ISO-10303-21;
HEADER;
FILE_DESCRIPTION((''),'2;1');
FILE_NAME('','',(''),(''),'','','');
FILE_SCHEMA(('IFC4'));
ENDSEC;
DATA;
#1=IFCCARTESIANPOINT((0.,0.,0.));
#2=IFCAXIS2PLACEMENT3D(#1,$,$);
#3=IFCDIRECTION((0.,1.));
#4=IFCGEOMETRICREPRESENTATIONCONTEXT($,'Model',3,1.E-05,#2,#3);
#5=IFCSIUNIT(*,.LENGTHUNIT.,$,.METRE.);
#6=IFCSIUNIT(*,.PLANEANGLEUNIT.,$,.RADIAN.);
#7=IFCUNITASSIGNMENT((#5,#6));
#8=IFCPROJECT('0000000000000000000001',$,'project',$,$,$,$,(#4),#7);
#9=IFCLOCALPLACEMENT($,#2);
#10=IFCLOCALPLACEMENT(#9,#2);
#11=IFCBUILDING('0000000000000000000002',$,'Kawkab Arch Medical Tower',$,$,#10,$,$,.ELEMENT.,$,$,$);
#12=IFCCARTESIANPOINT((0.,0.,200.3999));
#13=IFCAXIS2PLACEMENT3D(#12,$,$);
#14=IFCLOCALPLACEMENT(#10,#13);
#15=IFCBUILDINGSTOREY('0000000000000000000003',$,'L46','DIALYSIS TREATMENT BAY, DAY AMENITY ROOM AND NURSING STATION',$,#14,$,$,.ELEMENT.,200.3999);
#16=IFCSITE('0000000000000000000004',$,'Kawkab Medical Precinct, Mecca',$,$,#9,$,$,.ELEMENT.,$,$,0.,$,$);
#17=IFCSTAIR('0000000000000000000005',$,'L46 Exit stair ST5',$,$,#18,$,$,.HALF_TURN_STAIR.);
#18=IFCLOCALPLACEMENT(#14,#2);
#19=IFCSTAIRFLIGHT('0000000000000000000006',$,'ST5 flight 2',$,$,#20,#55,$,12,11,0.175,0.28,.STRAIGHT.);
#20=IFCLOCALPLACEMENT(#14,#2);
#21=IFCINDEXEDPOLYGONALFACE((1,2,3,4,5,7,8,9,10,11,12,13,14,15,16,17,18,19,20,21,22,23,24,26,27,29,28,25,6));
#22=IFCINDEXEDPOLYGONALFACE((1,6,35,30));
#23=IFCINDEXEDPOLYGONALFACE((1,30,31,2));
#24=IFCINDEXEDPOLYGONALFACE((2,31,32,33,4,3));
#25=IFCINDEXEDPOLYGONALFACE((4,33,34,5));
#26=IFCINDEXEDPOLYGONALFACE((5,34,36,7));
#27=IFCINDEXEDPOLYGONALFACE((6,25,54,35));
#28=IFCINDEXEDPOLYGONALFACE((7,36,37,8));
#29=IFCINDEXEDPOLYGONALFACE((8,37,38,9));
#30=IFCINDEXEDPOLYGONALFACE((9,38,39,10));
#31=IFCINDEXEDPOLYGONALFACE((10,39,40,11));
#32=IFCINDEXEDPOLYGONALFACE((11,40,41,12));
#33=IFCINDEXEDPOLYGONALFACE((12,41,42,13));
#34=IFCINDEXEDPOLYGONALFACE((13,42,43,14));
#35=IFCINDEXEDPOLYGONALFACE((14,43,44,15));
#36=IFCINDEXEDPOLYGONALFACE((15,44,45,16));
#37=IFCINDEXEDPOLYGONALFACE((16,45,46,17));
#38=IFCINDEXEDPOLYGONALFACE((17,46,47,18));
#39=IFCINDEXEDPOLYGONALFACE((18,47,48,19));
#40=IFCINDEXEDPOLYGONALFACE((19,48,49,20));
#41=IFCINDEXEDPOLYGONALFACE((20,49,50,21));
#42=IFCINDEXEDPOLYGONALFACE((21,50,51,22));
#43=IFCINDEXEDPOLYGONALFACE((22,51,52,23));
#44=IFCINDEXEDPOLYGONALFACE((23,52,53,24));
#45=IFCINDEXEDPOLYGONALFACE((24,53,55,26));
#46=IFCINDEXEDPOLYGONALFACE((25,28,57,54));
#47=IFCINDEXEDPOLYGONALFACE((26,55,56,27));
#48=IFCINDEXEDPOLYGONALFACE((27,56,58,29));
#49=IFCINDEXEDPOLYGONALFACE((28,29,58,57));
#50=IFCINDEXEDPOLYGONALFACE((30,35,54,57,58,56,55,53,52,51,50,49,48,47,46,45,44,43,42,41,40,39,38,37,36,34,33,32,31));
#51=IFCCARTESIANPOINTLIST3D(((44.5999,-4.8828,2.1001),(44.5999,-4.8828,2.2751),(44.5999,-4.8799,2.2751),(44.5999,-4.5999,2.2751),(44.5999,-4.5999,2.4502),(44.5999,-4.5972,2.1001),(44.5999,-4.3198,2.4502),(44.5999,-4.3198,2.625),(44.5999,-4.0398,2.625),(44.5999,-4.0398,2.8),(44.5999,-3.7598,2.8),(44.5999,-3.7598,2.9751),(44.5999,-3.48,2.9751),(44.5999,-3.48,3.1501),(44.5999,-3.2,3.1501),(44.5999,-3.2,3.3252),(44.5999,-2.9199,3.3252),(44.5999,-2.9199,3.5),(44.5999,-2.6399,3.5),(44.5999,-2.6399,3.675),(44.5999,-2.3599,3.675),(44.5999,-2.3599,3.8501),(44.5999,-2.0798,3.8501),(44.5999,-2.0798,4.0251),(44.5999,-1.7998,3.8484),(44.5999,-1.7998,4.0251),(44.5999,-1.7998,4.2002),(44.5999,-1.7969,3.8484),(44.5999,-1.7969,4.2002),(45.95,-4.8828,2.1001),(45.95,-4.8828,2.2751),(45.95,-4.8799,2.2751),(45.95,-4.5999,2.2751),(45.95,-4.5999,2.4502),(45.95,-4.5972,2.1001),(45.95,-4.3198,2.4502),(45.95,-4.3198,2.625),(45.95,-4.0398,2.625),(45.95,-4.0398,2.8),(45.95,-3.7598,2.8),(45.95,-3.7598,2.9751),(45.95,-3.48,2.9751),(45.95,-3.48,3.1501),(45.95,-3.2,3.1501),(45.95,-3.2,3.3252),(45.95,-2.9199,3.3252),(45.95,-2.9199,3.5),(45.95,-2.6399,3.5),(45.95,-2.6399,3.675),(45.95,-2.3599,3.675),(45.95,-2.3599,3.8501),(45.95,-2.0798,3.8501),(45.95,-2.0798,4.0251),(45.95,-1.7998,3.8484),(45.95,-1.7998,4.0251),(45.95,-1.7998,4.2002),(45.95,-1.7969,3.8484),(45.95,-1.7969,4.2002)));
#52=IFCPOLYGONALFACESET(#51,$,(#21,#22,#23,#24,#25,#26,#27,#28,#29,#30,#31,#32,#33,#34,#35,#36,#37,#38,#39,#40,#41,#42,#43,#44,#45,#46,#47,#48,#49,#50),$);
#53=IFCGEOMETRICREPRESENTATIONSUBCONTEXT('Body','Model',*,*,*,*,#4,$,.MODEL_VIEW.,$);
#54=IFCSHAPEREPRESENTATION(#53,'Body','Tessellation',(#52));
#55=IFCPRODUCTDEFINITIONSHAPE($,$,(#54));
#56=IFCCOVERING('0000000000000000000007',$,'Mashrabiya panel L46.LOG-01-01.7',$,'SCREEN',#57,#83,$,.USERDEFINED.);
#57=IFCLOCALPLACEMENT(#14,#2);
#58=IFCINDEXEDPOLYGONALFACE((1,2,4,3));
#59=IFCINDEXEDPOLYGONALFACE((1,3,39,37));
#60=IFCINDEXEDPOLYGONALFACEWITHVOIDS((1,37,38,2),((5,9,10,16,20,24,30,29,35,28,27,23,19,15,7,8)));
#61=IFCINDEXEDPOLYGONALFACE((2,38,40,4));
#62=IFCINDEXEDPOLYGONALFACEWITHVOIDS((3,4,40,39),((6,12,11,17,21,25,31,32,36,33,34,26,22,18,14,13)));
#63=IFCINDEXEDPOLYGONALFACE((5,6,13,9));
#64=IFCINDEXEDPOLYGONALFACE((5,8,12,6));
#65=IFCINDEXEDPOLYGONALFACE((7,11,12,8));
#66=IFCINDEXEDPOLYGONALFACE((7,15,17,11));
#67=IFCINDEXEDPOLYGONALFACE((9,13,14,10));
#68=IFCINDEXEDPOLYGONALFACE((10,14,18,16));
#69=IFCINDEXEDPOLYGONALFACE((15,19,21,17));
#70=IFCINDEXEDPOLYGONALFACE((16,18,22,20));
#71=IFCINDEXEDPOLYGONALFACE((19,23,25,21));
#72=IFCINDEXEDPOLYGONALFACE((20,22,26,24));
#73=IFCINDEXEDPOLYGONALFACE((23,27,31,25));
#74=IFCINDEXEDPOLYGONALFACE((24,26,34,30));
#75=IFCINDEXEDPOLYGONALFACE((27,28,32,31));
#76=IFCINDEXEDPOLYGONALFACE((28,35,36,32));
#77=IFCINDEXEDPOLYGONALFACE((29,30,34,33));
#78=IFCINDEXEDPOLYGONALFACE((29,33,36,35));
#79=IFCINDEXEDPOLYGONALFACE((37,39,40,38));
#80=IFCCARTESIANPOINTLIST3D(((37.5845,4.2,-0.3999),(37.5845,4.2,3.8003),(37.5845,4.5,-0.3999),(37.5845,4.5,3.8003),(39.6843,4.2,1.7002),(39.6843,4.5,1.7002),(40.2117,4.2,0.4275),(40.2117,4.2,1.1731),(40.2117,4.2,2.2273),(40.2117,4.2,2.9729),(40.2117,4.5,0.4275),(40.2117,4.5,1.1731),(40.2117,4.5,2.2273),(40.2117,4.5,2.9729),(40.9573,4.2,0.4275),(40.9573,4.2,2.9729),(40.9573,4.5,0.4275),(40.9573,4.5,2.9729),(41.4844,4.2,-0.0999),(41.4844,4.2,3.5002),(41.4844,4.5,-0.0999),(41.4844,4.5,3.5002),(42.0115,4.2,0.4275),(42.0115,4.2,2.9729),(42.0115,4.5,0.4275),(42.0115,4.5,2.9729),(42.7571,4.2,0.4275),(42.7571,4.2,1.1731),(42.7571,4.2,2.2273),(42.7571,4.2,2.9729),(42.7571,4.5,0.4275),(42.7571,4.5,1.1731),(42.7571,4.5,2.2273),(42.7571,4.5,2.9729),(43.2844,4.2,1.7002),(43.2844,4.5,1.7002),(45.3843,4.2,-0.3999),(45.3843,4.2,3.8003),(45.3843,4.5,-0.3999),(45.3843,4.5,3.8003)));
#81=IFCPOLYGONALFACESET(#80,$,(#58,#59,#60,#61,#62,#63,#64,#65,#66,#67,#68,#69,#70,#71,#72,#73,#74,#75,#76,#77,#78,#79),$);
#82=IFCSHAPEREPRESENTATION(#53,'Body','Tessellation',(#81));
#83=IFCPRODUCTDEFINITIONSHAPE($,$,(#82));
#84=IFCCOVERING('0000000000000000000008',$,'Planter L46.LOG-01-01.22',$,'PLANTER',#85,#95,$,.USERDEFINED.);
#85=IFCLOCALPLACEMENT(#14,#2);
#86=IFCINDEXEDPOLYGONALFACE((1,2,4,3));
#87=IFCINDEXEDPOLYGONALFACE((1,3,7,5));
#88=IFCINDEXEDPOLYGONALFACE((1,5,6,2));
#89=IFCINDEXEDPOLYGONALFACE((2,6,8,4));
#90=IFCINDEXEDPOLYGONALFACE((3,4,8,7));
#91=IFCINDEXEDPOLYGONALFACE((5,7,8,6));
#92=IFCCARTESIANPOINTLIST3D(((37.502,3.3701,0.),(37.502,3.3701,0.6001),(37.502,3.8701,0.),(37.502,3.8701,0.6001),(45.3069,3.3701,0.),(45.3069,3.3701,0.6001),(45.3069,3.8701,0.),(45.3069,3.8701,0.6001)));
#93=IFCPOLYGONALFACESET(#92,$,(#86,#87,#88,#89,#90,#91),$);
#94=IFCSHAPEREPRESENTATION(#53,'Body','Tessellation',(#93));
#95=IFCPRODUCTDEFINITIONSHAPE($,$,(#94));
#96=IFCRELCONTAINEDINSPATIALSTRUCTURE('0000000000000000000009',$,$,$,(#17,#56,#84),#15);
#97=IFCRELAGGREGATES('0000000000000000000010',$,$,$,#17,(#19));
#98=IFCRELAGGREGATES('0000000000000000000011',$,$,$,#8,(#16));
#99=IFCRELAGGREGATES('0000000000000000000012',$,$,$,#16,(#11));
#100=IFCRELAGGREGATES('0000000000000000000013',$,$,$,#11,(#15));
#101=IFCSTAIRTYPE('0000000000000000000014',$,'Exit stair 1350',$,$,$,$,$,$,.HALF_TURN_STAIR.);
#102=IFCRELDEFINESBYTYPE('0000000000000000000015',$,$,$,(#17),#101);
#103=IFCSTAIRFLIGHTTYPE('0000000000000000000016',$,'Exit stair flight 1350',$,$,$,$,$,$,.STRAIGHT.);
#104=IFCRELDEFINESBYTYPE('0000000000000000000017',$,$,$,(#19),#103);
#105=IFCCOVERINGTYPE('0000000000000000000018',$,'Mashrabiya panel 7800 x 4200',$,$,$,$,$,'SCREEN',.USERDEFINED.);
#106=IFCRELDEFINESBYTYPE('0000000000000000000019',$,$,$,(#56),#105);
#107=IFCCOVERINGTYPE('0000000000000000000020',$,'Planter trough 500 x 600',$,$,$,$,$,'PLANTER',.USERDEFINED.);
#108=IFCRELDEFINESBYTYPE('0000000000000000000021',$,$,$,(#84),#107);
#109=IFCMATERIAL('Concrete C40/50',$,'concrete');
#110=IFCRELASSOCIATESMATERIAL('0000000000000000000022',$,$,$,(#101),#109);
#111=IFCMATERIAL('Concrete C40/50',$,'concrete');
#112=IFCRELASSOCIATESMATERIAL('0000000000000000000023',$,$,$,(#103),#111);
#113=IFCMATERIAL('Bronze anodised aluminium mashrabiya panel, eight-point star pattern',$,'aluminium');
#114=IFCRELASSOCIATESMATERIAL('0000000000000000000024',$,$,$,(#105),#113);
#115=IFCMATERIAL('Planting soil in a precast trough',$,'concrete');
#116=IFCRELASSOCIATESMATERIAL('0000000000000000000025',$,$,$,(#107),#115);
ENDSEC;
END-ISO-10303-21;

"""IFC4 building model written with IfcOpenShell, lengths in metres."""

from ifc_helpers import new_model, si_unit, direction, frame, origin, origin_2d, place, context, subcontext, project, spatial, polyline, rectangle, outline, extrude, material, material_profile, profile_set, type_object, element, aggregate, save


model = new_model("IFC4")

# Units and contexts
model_context = context("Model", 3, precision=1e-05, world=origin(), true_north=direction((0.0, 1.0)))
body_context = subcontext(model_context, "Body", "Model", "MODEL_VIEW")
ifc_project = project(units=[si_unit("LENGTHUNIT", "METRE"), si_unit("PLANEANGLEUNIT", "RADIAN")], contexts=[model_context])

# Site, building, storey
site_placement = place(None, origin())
site = spatial("IfcSite", under=ifc_project, at=site_placement, Name="Kawkab Medical Precinct, Mecca", CompositionType="ELEMENT", RefElevation=0.0)
building_placement = place(site_placement, origin())
building = spatial("IfcBuilding", under=site, at=building_placement, Name="Kawkab Arch Medical Tower", CompositionType="ELEMENT")
storey_placement = place(building_placement, frame((0.0, 0.0, 200.3999)))
storey = spatial("IfcBuildingStorey", under=building, at=storey_placement, Name="L46", Description="DIALYSIS TREATMENT BAY, DAY AMENITY ROOM AND NURSING STATION", CompositionType="ELEMENT", Elevation=200.3999)

# Shared definitions
placement = place(storey_placement, origin())

# Stair, stair flight
ifc_material_1 = material(Name="Concrete C40/50", Category="concrete")
stair_type = type_object("IfcStairType", Name="Exit stair 1350", PredefinedType="HALF_TURN_STAIR", material=ifc_material_1)
stair = element("IfcStair", 1, at=placement, inside=storey, type_object=stair_type, Name="L46 Exit stair ST5", PredefinedType="HALF_TURN_STAIR")
ifc_material_2 = material(Name="Concrete C40/50", Category="concrete")
stair_flight_type = type_object("IfcStairFlightType", Name="Exit stair flight 1350", PredefinedType="STRAIGHT", material=ifc_material_2)
stair_flight_1_placement = place(storey_placement, frame((45.2749, -4.8799, 2.1001), z_axis=(0.0, 0.0, 1.0), x_axis=(0.0, 1.0, 0.0)))
stair_flight_1 = element("IfcStairFlight", 2, at=stair_flight_1_placement, type_object=stair_flight_type, Name="ST5 flight 2", NumberOfRisers=12, NumberOfTreads=11, PredefinedType="STRAIGHT", RiserHeight=0.175, TreadLength=0.28, context=body_context, shape_type="SweptSolid", body=[
    extrude(outline(polyline([(-0.0029, 0.0), (-0.0029, 0.175), (0.0, 0.175), (0.28, 0.175), (0.28, 0.3501), (0.5601, 0.3501), (0.5601, 0.5249), (0.8401, 0.5249), (0.8401, 0.7), (1.1201, 0.7), (1.1201, 0.875), (1.3999, 0.875), (1.3999, 1.05), (1.6799, 1.05), (1.6799, 1.2251), (1.96, 1.2251), (1.96, 1.3999), (2.24, 1.3999), (2.24, 1.575), (2.52, 1.575), (2.52, 1.75), (2.8, 1.75), (2.8, 1.925), (3.0801, 1.925), (3.0801, 2.1001), (3.083, 2.1001), (3.083, 1.7483), (3.0801, 1.7483), (0.2827, 0.0), (-0.0029, 0.0)])), frame((0.0, 0.675, 0.0), z_axis=(0.0, -1.0, 0.0), x_axis=(1.0, 0.0, 0.0)), (0.0, 0.0, 1.0), 1.3501),
])
aggregate(stair, [stair_flight_1])

# Coverings
ifc_material_3 = material(Name="Bronze anodised aluminium mashrabiya panel, eight-point star pattern", Category="aluminium")
ifc_material_profile_1 = material_profile(ifc_material_3, outline(polyline([(-3.8999, -2.1001), (3.8999, -2.1001), (3.8999, 2.1001), (-3.8999, 2.1001), (-3.8999, -2.1001)]), holes=[polyline([(1.8, 0.0), (1.2727, 0.5271), (1.2727, 1.2727), (0.5271, 1.2727), (0.0, 1.8), (-0.5271, 1.2727), (-1.2727, 1.2727), (-1.2727, 0.5271), (-1.8, 0.0), (-1.2727, -0.5271), (-1.2727, -1.2727), (-0.5271, -1.2727), (0.0, -1.8), (0.5271, -1.2727), (1.2727, -1.2727), (1.2727, -0.5271), (1.8, 0.0)])]), Name="Mashrabiya panel 7800x4200")
ifc_profile_set_1 = profile_set([ifc_material_profile_1], Name="Bronze anodised aluminium mashrabiya panel, eight-point star pattern")
covering_type_1 = type_object("IfcCoveringType", Name="Mashrabiya panel 7800 x 4200", ElementType="SCREEN", PredefinedType="USERDEFINED", material=ifc_profile_set_1)
covering_1_placement = place(storey_placement, frame((41.4844, 4.2, 1.7002), z_axis=(0.0, 1.0, 0.0), x_axis=(-1.0, 0.0, 0.0)))
element("IfcCovering", 3, at=covering_1_placement, inside=storey, type_object=covering_type_1, Name="Mashrabiya panel L46.LOG-01-01.7", ObjectType="SCREEN", PredefinedType="USERDEFINED", context=body_context, shape_type="SweptSolid", body=[
    extrude(outline(polyline([(-3.8999, -2.1001), (3.8999, -2.1001), (3.8999, 2.1001), (-3.8999, 2.1001), (-3.8999, -2.1001)]), holes=[polyline([(1.8, 0.0), (1.2727, 0.5271), (1.2727, 1.2727), (0.5271, 1.2727), (0.0, 1.8), (-0.5271, 1.2727), (-1.2727, 1.2727), (-1.2727, 0.5271), (-1.8, 0.0), (-1.2727, -0.5271), (-1.2727, -1.2727), (-0.5271, -1.2727), (0.0, -1.8), (0.5271, -1.2727), (1.2727, -1.2727), (1.2727, -0.5271), (1.8, 0.0)])]), origin(), (0.0, 0.0, 1.0), 0.3),
])
ifc_material_4 = material(Name="Planting soil in a precast trough", Category="concrete")
ifc_material_profile_2 = material_profile(ifc_material_4, rectangle(XDim=0.5, YDim=0.6001, at=origin_2d()), Name="Trough 500x600")
ifc_profile_set_2 = profile_set([ifc_material_profile_2], Name="Planting soil in a precast trough")
covering_type_2 = type_object("IfcCoveringType", Name="Planter trough 500 x 600", ElementType="PLANTER", PredefinedType="USERDEFINED", material=ifc_profile_set_2)
covering_2_placement = place(storey_placement, frame((37.502, 3.6201, 0.3), z_axis=(1.0, 0.0, 0.0), x_axis=(0.0, 1.0, 0.0)))
element("IfcCovering", 4, at=covering_2_placement, inside=storey, type_object=covering_type_2, Name="Planter L46.LOG-01-01.22", ObjectType="PLANTER", PredefinedType="USERDEFINED", context=body_context, shape_type="SweptSolid", body=[
    extrude(rectangle(XDim=0.5, YDim=0.6001, at=origin_2d()), origin(), (0.0, 0.0, 1.0), 7.8049),
])

save(model, "model.ifc")
